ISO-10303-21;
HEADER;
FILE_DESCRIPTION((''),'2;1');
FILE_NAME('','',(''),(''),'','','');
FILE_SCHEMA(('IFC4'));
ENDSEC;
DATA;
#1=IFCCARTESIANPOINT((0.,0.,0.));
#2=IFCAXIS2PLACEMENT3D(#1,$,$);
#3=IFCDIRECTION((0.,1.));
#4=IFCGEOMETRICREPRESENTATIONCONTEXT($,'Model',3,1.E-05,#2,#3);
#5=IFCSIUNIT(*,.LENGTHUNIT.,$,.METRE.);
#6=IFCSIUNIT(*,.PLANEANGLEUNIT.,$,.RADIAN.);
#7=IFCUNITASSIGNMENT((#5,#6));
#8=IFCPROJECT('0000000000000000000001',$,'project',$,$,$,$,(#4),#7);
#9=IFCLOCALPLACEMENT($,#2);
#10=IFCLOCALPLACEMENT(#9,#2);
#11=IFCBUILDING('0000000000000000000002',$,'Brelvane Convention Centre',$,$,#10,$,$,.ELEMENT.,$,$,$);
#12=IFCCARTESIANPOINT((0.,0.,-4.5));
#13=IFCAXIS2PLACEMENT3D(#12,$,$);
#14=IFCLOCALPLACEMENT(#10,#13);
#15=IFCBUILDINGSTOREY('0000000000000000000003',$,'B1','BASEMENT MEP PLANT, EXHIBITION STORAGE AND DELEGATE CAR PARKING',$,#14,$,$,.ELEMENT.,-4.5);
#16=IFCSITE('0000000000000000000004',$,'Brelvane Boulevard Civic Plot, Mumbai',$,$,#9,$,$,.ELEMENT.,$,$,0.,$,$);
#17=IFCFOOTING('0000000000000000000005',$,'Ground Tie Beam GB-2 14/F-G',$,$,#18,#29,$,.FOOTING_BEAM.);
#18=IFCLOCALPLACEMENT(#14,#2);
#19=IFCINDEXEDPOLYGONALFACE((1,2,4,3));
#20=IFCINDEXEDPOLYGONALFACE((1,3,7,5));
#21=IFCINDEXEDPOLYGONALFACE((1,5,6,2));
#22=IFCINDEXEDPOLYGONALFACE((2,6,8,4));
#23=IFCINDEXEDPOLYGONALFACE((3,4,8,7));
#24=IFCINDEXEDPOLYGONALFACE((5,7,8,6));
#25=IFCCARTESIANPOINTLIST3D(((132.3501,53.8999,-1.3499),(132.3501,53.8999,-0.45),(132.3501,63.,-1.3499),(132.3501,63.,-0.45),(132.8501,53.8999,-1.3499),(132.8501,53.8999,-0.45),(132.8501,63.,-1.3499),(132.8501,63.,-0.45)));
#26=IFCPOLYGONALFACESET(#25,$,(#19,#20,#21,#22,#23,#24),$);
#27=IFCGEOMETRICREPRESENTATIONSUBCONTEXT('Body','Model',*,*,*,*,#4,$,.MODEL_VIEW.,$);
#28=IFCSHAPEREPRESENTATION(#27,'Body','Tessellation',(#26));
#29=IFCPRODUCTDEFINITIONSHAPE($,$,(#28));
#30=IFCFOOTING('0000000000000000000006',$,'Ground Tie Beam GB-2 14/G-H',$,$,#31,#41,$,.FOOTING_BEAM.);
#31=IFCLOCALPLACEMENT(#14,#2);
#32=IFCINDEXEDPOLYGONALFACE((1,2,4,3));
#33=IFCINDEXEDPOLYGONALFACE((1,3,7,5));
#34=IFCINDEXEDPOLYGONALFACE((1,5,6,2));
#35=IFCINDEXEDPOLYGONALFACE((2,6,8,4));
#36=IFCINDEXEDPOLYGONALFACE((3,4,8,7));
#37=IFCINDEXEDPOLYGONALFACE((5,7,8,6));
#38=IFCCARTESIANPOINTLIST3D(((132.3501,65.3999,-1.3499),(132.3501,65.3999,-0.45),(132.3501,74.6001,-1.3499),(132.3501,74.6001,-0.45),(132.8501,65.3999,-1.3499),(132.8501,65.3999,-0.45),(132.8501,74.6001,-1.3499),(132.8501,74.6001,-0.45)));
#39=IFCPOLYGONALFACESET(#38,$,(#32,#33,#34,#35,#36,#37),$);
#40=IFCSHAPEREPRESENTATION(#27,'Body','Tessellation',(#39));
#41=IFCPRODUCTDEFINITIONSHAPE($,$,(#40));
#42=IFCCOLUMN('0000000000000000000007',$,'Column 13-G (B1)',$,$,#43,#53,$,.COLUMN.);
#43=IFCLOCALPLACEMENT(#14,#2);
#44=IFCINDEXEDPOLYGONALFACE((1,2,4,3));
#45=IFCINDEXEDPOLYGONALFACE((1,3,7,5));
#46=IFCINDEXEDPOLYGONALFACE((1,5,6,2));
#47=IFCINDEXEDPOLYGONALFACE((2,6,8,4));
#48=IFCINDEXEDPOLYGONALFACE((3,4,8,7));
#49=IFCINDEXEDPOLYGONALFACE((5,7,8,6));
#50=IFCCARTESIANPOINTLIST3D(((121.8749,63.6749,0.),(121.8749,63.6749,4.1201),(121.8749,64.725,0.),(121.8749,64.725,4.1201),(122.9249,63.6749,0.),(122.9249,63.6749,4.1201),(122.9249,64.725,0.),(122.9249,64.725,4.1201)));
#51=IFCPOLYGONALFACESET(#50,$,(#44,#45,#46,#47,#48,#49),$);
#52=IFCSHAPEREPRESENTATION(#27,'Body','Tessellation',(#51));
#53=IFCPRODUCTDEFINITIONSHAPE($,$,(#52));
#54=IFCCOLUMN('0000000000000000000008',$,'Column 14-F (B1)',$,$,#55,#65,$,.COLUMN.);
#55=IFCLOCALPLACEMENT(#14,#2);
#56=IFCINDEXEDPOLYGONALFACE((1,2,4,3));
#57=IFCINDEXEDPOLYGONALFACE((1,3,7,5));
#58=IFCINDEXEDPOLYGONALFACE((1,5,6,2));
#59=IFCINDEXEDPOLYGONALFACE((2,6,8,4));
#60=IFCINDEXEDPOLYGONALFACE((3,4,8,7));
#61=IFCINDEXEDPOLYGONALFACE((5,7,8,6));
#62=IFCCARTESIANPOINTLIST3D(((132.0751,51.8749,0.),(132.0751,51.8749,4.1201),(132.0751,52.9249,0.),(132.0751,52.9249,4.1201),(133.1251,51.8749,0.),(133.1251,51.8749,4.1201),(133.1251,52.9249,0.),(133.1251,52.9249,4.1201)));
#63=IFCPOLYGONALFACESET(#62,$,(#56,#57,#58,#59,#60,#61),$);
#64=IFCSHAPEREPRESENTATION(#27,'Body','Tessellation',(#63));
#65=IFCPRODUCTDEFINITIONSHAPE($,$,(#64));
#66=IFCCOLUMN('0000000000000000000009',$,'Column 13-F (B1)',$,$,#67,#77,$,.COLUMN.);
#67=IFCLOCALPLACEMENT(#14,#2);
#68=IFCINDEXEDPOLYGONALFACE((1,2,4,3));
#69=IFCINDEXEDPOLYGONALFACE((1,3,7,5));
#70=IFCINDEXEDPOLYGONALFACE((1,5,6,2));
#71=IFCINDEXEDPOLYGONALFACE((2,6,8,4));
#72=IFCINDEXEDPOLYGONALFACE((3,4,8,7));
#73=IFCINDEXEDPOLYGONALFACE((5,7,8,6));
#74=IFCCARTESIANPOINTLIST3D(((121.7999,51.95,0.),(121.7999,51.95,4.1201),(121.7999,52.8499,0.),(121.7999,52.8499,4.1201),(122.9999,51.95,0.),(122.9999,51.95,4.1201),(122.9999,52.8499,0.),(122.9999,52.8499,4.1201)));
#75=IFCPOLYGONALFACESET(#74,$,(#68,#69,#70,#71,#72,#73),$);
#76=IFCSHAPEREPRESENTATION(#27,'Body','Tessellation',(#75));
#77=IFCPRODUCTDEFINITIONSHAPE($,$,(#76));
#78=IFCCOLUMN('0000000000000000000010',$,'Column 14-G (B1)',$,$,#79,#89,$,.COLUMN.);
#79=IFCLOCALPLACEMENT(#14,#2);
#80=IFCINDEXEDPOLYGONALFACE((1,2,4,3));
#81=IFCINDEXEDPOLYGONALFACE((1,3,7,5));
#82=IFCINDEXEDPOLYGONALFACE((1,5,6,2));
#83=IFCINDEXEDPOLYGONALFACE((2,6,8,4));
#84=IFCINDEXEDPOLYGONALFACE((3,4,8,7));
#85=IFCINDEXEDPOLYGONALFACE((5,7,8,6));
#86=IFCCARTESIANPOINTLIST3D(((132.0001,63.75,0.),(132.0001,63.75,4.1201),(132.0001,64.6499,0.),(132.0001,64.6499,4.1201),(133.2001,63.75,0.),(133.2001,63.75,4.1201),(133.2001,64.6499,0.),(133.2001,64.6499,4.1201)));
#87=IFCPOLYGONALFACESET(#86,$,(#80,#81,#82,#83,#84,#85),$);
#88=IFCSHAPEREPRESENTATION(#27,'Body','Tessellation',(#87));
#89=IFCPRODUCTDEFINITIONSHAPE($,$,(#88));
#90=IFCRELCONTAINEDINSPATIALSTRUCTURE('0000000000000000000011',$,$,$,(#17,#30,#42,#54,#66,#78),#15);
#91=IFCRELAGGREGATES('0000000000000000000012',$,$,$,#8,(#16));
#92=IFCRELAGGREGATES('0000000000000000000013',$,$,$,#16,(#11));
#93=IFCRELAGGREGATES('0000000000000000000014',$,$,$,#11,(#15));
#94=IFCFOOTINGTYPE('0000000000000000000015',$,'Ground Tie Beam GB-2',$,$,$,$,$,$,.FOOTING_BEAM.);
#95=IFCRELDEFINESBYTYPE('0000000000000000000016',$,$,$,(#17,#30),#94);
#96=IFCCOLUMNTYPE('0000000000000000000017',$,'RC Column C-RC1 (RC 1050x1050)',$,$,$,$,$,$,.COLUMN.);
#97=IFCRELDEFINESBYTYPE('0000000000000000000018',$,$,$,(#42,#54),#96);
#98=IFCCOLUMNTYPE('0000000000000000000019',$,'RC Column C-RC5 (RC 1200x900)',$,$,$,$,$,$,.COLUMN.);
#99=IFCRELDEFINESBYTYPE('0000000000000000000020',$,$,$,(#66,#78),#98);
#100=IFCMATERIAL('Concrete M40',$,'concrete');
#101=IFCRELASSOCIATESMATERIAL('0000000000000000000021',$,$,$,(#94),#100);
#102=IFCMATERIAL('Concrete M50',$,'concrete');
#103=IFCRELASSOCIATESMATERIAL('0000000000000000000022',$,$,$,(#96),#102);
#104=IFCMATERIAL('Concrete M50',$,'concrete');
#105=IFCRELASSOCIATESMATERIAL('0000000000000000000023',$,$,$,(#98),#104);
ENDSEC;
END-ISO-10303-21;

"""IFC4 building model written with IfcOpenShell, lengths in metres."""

from ifc_helpers import new_model, si_unit, direction, frame, origin, origin_2d, place, context, subcontext, project, spatial, rectangle, extrude, material, material_profile, profile_set, type_object, element, save


model = new_model("IFC4")

# Units and contexts
model_context = context("Model", 3, precision=1e-05, world=origin(), true_north=direction((0.0, 1.0)))
body_context = subcontext(model_context, "Body", "Model", "MODEL_VIEW")
ifc_project = project(units=[si_unit("LENGTHUNIT", "METRE"), si_unit("PLANEANGLEUNIT", "RADIAN")], contexts=[model_context])

# Site, building, storey
site_placement = place(None, origin())
site = spatial("IfcSite", under=ifc_project, at=site_placement, Name="Brelvane Boulevard Civic Plot, Mumbai", CompositionType="ELEMENT", RefElevation=0.0)
building_placement = place(site_placement, origin())
building = spatial("IfcBuilding", under=site, at=building_placement, Name="Brelvane Convention Centre", CompositionType="ELEMENT")
storey_placement = place(building_placement, frame((0.0, 0.0, -4.5)))
storey = spatial("IfcBuildingStorey", under=building, at=storey_placement, Name="B1", Description="BASEMENT MEP PLANT, EXHIBITION STORAGE AND DELEGATE CAR PARKING", CompositionType="ELEMENT", Elevation=-4.5)

# Footings
ifc_material_1 = material(Name="Concrete M40", Category="concrete")
ifc_material_profile_1 = material_profile(ifc_material_1, rectangle(XDim=0.5, YDim=0.8999, at=origin_2d()), Name="RC 500x900")
ifc_profile_set_1 = profile_set([ifc_material_profile_1], Name="Concrete M40")
footing_type_1 = type_object("IfcFootingType", Name="Ground Tie Beam GB-2", PredefinedType="FOOTING_BEAM", material=ifc_profile_set_1)
footing_1_placement = place(storey_placement, frame((132.6001, 53.8999, -0.8999), z_axis=(0.0, 1.0, 0.0), x_axis=(-1.0, 0.0, 0.0)))
element("IfcFooting", 1, at=footing_1_placement, inside=storey, type_object=footing_type_1, Name="Ground Tie Beam GB-2 14/F-G", PredefinedType="FOOTING_BEAM", context=body_context, shape_type="SweptSolid", body=[
    extrude(rectangle(XDim=0.5, YDim=0.8999, at=origin_2d()), origin(), (0.0, 0.0, 1.0), 9.1001),
])
footing_2_placement = place(storey_placement, frame((132.6001, 65.3999, -0.8999), z_axis=(0.0, 1.0, 0.0), x_axis=(-1.0, 0.0, 0.0)))
element("IfcFooting", 2, at=footing_2_placement, inside=storey, type_object=footing_type_1, Name="Ground Tie Beam GB-2 14/G-H", PredefinedType="FOOTING_BEAM", context=body_context, shape_type="SweptSolid", body=[
    extrude(rectangle(XDim=0.5, YDim=0.8999, at=origin_2d()), origin(), (0.0, 0.0, 1.0), 9.2002),
])

# Columns
ifc_material_2 = material(Name="Concrete M50", Category="concrete")
ifc_material_profile_2 = material_profile(ifc_material_2, rectangle(XDim=1.05, YDim=1.05, at=origin_2d()), Name="RC 1050x1050")
ifc_profile_set_2 = profile_set([ifc_material_profile_2], Name="Concrete M50")
column_type_1 = type_object("IfcColumnType", Name="RC Column C-RC1 (RC 1050x1050)", PredefinedType="COLUMN", material=ifc_profile_set_2)
for number, where, z_axis, x_axis, name in (
    (3, (122.3999, 64.2, 0.0), (0.0, 0.0, 1.0), (1.0, 0.0, 0.0), "Column 13-G (B1)"),
    (4, (132.6001, 52.3999, 0.0), (0.0, 0.0, 1.0), (1.0, 0.0, 0.0), "Column 14-F (B1)"),
):
    element("IfcColumn", number, at=place(storey_placement, frame(where, z_axis=z_axis, x_axis=x_axis)), inside=storey, type_object=column_type_1, Name=name, PredefinedType="COLUMN", context=body_context, shape_type="SweptSolid", body=[
        extrude(rectangle(XDim=1.05, YDim=1.05, at=origin_2d()), origin(), (0.0, 0.0, 1.0), 4.1201),
    ])
ifc_material_3 = material(Name="Concrete M50", Category="concrete")
ifc_material_profile_3 = material_profile(ifc_material_3, rectangle(XDim=1.2, YDim=0.8999, at=origin_2d()), Name="RC 1200x900")
ifc_profile_set_3 = profile_set([ifc_material_profile_3], Name="Concrete M50")
column_type_2 = type_object("IfcColumnType", Name="RC Column C-RC5 (RC 1200x900)", PredefinedType="COLUMN", material=ifc_profile_set_3)
for number, where, z_axis, x_axis, name in (
    (5, (122.3999, 52.3999, 0.0), (0.0, 0.0, 1.0), (1.0, 0.0, 0.0), "Column 13-F (B1)"),
    (6, (132.6001, 64.2, 0.0), (0.0, 0.0, 1.0), (1.0, 0.0, 0.0), "Column 14-G (B1)"),
):
    element("IfcColumn", number, at=place(storey_placement, frame(where, z_axis=z_axis, x_axis=x_axis)), inside=storey, type_object=column_type_2, Name=name, PredefinedType="COLUMN", context=body_context, shape_type="SweptSolid", body=[
        extrude(rectangle(XDim=1.2, YDim=0.8999, at=origin_2d()), origin(), (0.0, 0.0, 1.0), 4.1201),
    ])

save(model, "model.ifc")
